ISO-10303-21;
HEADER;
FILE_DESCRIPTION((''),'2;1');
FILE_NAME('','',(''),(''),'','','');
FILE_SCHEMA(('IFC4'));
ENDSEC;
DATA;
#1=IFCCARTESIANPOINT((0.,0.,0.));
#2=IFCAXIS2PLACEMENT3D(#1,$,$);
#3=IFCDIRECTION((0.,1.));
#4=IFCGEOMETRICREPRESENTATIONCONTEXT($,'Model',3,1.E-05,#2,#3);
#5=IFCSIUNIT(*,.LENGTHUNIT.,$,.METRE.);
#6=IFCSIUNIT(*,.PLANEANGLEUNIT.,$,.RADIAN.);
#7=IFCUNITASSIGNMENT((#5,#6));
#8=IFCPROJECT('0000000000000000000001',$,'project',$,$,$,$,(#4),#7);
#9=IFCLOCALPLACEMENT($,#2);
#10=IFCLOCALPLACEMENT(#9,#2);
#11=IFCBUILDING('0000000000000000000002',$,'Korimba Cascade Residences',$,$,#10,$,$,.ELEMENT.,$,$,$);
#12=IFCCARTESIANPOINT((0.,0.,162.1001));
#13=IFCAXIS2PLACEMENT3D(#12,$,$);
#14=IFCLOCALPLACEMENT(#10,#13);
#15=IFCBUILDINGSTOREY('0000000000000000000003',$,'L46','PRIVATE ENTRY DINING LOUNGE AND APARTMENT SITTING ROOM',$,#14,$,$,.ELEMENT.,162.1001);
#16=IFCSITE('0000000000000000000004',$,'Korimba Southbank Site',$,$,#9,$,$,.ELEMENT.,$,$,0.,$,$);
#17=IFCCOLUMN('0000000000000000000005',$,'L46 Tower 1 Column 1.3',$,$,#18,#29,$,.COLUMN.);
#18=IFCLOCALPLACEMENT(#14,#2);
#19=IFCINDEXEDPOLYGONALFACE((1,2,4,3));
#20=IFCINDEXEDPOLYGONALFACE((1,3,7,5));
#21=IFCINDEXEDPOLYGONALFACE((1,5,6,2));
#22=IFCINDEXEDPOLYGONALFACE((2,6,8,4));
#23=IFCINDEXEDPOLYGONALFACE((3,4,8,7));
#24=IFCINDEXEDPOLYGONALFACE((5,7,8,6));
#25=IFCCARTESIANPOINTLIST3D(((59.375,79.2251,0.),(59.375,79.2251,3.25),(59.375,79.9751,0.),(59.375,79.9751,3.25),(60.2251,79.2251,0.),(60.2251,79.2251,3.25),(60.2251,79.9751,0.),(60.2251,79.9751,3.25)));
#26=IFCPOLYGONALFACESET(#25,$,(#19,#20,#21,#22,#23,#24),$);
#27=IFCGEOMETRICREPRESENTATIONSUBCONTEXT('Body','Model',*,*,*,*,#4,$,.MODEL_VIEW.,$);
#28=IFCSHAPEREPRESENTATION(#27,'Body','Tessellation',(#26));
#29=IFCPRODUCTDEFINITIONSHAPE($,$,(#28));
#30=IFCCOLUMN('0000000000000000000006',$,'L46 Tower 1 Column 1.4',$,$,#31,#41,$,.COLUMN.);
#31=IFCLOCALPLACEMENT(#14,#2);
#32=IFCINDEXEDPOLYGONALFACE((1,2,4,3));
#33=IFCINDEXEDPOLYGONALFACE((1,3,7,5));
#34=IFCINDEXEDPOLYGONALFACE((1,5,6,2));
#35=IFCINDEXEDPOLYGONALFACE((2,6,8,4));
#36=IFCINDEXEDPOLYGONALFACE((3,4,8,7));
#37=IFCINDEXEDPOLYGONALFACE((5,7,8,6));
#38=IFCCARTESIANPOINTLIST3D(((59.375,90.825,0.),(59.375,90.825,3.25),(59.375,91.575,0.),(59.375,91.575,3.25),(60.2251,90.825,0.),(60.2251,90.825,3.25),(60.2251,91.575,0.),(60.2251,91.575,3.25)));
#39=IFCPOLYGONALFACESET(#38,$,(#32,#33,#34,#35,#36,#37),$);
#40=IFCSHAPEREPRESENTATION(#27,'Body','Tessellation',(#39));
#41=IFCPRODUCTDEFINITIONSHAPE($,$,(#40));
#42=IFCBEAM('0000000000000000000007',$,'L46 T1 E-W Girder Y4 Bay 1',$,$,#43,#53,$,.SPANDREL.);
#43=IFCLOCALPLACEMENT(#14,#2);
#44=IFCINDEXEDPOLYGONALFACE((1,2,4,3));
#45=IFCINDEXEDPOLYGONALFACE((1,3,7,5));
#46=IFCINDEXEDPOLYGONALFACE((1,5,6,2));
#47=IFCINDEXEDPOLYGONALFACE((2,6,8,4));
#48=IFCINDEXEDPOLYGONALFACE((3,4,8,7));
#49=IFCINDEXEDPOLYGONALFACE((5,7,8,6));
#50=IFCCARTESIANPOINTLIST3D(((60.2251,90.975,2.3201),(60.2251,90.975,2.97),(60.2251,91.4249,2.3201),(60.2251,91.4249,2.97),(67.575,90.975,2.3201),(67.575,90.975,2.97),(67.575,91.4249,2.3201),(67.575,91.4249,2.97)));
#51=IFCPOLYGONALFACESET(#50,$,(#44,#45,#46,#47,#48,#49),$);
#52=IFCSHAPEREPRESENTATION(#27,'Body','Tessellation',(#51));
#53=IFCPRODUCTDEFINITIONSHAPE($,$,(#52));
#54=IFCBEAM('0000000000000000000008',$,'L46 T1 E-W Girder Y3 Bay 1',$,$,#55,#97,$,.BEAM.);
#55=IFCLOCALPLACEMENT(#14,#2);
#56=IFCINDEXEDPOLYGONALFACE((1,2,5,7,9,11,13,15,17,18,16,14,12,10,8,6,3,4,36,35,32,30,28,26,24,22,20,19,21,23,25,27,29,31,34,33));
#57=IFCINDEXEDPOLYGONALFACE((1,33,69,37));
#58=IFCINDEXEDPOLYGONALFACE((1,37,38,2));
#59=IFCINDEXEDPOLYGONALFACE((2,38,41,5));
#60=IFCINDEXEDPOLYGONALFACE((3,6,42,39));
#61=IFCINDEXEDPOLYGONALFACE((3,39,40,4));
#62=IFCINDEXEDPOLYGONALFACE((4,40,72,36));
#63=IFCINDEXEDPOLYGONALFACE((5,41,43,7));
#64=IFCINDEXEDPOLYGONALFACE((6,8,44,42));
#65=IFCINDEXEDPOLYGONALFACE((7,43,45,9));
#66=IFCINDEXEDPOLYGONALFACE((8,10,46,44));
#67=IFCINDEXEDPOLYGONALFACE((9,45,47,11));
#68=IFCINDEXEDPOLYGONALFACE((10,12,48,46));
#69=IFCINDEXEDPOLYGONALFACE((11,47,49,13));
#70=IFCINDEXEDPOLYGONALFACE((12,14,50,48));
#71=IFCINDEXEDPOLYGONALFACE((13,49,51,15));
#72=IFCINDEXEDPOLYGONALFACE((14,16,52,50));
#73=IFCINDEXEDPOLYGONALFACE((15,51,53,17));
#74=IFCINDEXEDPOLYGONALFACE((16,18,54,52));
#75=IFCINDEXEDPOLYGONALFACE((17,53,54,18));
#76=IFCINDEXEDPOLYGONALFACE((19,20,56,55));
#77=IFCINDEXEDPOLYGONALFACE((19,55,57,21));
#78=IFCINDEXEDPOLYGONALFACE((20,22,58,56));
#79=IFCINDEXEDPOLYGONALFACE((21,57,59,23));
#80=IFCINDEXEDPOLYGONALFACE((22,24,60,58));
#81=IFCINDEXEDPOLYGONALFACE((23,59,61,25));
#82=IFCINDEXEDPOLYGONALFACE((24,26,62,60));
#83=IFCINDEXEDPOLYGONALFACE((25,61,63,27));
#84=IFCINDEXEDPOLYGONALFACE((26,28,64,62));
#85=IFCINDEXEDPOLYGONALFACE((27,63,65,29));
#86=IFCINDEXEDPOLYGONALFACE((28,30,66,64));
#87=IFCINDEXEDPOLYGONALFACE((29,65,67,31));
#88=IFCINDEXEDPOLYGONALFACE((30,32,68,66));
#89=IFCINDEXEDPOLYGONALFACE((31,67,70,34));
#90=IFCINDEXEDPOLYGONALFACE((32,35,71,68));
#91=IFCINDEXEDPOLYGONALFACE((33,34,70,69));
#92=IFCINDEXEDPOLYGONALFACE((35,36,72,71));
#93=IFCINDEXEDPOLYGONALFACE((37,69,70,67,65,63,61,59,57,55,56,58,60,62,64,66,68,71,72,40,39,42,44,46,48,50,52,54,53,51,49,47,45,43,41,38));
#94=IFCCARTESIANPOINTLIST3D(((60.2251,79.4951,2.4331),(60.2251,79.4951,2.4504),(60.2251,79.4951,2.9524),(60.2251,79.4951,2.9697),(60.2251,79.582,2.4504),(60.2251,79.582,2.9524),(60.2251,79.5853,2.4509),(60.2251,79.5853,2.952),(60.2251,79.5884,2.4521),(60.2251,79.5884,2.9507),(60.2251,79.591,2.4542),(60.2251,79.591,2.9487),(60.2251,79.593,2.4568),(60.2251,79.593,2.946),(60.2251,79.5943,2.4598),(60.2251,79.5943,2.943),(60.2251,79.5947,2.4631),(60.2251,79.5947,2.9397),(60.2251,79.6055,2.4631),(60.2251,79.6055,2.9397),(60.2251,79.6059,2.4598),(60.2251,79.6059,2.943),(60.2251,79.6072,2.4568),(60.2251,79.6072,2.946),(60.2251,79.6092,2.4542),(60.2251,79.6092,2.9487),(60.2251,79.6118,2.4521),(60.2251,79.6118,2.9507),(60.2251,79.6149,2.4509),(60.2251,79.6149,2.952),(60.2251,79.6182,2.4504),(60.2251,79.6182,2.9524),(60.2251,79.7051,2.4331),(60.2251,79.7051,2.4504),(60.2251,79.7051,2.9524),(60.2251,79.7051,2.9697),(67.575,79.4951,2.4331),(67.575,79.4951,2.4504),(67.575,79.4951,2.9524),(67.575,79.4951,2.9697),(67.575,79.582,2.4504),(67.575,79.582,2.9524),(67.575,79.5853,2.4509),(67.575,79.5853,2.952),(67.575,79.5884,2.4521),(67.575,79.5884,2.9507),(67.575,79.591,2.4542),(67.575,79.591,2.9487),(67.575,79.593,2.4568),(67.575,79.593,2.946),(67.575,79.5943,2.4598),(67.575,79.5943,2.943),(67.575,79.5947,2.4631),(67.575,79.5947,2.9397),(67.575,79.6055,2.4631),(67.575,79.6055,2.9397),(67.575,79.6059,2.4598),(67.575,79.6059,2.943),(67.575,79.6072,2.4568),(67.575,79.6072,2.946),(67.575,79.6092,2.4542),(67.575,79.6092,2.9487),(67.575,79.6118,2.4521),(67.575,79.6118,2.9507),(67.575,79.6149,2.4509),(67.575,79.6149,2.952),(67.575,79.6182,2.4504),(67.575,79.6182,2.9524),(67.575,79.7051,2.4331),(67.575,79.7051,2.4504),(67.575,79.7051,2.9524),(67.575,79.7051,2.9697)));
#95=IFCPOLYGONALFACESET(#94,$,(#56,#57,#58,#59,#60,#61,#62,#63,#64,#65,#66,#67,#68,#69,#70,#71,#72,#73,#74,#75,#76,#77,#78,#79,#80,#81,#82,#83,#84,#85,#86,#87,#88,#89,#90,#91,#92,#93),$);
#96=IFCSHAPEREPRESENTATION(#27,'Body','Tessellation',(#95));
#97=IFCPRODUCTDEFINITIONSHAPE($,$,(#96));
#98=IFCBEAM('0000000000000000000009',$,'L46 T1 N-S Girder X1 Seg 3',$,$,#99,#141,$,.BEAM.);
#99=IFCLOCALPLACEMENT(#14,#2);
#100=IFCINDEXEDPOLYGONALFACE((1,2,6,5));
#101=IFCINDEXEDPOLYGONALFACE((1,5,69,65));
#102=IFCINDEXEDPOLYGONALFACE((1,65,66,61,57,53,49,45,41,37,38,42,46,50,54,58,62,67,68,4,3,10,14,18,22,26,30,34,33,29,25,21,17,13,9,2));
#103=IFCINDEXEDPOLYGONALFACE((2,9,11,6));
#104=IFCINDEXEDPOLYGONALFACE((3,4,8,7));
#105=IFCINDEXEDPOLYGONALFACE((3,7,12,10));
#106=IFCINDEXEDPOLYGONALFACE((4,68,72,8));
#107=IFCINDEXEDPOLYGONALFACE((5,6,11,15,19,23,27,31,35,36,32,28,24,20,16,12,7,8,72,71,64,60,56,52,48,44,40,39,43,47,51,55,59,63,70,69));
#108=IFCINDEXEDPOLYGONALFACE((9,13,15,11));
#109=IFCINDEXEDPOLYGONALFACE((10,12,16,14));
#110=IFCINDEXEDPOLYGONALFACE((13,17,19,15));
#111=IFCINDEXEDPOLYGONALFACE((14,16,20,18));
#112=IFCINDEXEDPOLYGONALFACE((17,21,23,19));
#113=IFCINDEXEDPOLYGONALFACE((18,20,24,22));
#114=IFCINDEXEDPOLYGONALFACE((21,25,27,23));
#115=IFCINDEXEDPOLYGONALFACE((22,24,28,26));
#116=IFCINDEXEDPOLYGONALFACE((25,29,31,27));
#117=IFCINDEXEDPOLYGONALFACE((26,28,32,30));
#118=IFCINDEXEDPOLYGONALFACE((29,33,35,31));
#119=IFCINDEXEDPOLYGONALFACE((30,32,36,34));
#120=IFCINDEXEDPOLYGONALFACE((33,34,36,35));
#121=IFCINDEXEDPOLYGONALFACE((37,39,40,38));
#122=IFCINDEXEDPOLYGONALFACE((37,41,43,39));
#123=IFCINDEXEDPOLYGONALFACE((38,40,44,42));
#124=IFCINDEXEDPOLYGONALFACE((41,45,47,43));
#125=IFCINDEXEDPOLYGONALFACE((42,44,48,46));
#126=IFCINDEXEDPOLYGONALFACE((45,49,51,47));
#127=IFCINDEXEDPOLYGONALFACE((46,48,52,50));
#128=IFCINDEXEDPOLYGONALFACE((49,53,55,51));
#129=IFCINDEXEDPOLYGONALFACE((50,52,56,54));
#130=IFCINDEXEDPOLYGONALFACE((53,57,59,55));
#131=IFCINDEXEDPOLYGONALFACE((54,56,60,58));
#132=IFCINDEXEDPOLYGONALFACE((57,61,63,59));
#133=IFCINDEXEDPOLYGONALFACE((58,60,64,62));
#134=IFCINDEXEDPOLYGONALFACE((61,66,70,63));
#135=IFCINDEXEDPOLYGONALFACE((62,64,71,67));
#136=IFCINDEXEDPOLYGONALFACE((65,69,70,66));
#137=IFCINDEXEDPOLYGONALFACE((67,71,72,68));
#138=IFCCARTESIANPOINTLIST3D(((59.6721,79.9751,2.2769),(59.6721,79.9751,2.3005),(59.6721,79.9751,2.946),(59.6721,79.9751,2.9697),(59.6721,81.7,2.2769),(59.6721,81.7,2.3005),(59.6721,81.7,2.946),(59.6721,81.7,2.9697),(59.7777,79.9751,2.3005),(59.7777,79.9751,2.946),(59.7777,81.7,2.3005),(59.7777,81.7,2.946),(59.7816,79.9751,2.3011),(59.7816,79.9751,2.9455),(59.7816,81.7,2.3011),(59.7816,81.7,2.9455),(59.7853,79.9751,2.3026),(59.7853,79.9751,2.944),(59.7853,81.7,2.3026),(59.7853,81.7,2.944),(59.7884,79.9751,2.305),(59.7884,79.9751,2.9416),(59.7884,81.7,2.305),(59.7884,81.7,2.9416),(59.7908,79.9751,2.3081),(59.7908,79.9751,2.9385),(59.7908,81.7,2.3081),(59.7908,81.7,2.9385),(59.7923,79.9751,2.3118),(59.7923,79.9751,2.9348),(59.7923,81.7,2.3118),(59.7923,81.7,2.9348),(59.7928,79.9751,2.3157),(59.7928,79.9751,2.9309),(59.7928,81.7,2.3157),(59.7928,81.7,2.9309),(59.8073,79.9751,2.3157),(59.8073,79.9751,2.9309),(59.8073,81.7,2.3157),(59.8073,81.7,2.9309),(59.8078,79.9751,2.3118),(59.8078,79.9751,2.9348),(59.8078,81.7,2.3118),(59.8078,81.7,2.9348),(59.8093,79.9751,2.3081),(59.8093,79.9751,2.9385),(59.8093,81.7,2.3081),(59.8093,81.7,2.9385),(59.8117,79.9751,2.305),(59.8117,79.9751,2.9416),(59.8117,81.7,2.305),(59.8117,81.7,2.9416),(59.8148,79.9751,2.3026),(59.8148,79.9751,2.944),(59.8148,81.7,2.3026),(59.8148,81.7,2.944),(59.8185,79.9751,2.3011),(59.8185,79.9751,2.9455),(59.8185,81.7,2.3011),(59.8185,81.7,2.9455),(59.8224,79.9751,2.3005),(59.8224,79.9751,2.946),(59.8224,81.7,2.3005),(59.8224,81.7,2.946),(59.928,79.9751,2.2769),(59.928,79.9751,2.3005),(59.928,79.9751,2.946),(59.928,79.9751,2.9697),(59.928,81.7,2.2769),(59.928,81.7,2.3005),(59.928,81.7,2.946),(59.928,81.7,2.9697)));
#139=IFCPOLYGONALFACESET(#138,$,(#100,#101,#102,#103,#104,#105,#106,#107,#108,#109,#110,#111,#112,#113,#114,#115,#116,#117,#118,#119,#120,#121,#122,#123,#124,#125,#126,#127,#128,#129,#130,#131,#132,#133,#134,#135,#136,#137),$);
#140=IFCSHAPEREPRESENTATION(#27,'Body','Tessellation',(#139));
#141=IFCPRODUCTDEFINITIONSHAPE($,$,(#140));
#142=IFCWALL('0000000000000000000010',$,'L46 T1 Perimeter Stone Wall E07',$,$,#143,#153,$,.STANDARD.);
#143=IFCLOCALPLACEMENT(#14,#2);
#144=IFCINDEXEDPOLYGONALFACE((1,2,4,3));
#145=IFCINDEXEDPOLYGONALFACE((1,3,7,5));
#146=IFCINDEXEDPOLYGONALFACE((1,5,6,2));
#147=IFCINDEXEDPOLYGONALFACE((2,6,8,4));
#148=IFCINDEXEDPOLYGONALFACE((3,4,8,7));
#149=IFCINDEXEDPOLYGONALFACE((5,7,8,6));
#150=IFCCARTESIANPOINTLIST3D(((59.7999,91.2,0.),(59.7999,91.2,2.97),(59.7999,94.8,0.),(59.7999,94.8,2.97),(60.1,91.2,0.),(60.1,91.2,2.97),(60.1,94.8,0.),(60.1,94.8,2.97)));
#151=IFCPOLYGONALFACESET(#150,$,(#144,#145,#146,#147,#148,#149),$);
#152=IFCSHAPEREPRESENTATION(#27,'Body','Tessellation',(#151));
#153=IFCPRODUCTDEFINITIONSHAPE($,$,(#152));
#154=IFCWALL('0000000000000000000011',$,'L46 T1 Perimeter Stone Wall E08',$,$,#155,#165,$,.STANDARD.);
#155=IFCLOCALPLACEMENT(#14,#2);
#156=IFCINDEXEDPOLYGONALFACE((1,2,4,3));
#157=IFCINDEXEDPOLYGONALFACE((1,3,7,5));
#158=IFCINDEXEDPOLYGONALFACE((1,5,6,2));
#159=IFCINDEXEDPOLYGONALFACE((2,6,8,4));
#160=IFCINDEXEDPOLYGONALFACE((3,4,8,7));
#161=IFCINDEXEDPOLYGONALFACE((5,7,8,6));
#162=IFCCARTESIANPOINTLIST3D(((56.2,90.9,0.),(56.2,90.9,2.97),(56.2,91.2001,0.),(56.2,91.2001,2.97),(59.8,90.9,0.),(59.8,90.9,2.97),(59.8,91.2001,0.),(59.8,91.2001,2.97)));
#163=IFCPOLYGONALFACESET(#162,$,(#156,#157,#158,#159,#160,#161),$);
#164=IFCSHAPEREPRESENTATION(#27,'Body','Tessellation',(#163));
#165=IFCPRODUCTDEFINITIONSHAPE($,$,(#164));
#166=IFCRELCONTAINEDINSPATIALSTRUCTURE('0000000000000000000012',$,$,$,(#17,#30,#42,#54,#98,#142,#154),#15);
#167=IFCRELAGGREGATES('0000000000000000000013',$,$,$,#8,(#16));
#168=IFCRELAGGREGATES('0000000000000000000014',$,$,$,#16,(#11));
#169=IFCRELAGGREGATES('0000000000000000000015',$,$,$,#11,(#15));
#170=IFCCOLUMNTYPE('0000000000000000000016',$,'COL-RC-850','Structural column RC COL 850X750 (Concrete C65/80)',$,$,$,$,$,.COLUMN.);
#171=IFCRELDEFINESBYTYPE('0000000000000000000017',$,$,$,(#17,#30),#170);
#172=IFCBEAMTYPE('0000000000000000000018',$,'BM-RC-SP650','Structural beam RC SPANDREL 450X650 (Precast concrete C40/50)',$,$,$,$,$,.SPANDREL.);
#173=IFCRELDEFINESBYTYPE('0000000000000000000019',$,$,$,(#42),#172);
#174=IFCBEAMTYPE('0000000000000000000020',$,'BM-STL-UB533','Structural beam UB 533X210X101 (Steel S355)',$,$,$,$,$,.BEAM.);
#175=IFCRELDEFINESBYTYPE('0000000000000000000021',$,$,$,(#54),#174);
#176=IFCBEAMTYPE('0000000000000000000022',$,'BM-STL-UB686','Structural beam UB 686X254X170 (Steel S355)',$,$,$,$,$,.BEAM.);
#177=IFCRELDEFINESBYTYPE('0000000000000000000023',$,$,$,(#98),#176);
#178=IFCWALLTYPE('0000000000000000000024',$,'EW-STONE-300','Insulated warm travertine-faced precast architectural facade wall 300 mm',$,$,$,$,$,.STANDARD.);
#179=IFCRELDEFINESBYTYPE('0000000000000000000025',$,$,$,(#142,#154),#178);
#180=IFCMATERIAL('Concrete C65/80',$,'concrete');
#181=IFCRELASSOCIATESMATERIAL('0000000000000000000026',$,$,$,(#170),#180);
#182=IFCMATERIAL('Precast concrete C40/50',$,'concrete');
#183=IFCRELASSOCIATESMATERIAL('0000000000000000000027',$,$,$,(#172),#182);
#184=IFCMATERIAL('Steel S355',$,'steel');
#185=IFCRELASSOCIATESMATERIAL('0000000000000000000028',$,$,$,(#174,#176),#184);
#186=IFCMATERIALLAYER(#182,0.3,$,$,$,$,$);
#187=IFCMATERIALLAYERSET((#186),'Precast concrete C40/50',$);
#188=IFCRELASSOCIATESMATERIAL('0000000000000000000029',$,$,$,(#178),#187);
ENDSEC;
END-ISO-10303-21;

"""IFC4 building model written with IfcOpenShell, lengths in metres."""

from ifc_helpers import new_model, si_unit, direction, frame, frame_2d, origin, origin_2d, place, context, subcontext, project, spatial, rectangle, i_section, extrude, material, layer, layer_set, material_profile, profile_set, type_object, element, save


model = new_model("IFC4")

# Units and contexts
model_context = context("Model", 3, precision=1e-05, world=origin(), true_north=direction((0.0, 1.0)))
body_context = subcontext(model_context, "Body", "Model", "MODEL_VIEW")
ifc_project = project(units=[si_unit("LENGTHUNIT", "METRE"), si_unit("PLANEANGLEUNIT", "RADIAN")], contexts=[model_context])

# Site, building, storey
site_placement = place(None, origin())
site = spatial("IfcSite", under=ifc_project, at=site_placement, Name="Korimba Southbank Site", CompositionType="ELEMENT", RefElevation=0.0)
building_placement = place(site_placement, origin())
building = spatial("IfcBuilding", under=site, at=building_placement, Name="Korimba Cascade Residences", CompositionType="ELEMENT")
storey_placement = place(building_placement, frame((0.0, 0.0, 162.1001)))
storey = spatial("IfcBuildingStorey", under=building, at=storey_placement, Name="L46", Description="PRIVATE ENTRY DINING LOUNGE AND APARTMENT SITTING ROOM", CompositionType="ELEMENT", Elevation=162.1001)

# Columns
ifc_material_1 = material(Name="Concrete C65/80", Category="concrete")
ifc_material_profile_1 = material_profile(ifc_material_1, rectangle(XDim=0.8501, YDim=0.75, at=origin_2d()), Name="Concrete C65/80")
ifc_profile_set_1 = profile_set([ifc_material_profile_1], Name="Concrete C65/80")
column_type = type_object("IfcColumnType", Name="COL-RC-850", Description="Structural column RC COL 850X750 (Concrete C65/80)", PredefinedType="COLUMN", material=ifc_profile_set_1)
for number, where, z_axis, x_axis, name in (
    (1, (59.8, 79.6001, 0.0), (0.0, 0.0, 1.0), (1.0, 0.0, 0.0), "L46 Tower 1 Column 1.3"),
    (2, (59.8, 91.2, 0.0), (0.0, 0.0, 1.0), (1.0, 0.0, 0.0), "L46 Tower 1 Column 1.4"),
):
    element("IfcColumn", number, at=place(storey_placement, frame(where, z_axis=z_axis, x_axis=x_axis)), inside=storey, type_object=column_type, Name=name, PredefinedType="COLUMN", context=body_context, shape_type="SweptSolid", body=[
        extrude(rectangle(XDim=0.8501, YDim=0.75, at=origin_2d()), origin(), (0.0, 0.0, 1.0), 3.25),
    ])

# Beams
ifc_material_2 = material(Name="Precast concrete C40/50", Category="concrete")
ifc_material_profile_2 = material_profile(ifc_material_2, rectangle(XDim=0.45, YDim=0.6499, at=origin_2d()), Name="Precast concrete C40/50")
ifc_profile_set_2 = profile_set([ifc_material_profile_2], Name="Precast concrete C40/50")
beam_type_1 = type_object("IfcBeamType", Name="BM-RC-SP650", Description="Structural beam RC SPANDREL 450X650 (Precast concrete C40/50)", PredefinedType="SPANDREL", material=ifc_profile_set_2)
beam_1_placement = place(storey_placement, frame((60.2251, 91.2, 2.645), z_axis=(1.0, 0.0, 0.0), x_axis=(0.0, 1.0, 0.0)))
element("IfcBeam", 3, at=beam_1_placement, inside=storey, type_object=beam_type_1, Name="L46 T1 E-W Girder Y4 Bay 1", PredefinedType="SPANDREL", context=body_context, shape_type="SweptSolid", body=[
    extrude(rectangle(XDim=0.45, YDim=0.6499, at=origin_2d()), origin(), (0.0, 0.0, 1.0), 7.3499),
])
ifc_material_3 = material(Name="Steel S355", Category="steel")
ifc_material_profile_3 = material_profile(ifc_material_3, i_section(OverallWidth=0.21, OverallDepth=0.5366, WebThickness=0.0107, FlangeThickness=0.0173, FilletRadius=0.0127, at=origin_2d()), Name="Steel S355")
ifc_profile_set_3 = profile_set([ifc_material_profile_3], Name="Steel S355")
beam_type_2 = type_object("IfcBeamType", Name="BM-STL-UB533", Description="Structural beam UB 533X210X101 (Steel S355)", PredefinedType="BEAM", material=ifc_profile_set_3)
beam_2_placement = place(storey_placement, frame((60.2251, 79.6001, 2.7014), z_axis=(1.0, 0.0, 0.0), x_axis=(0.0, 1.0, 0.0)))
element("IfcBeam", 4, at=beam_2_placement, inside=storey, type_object=beam_type_2, Name="L46 T1 E-W Girder Y3 Bay 1", PredefinedType="BEAM", context=body_context, shape_type="SweptSolid", body=[
    extrude(i_section(OverallWidth=0.21, OverallDepth=0.5366, WebThickness=0.0107, FlangeThickness=0.0173, FilletRadius=0.0127, at=origin_2d()), origin(), (0.0, 0.0, 1.0), 7.3499),
])
ifc_material_profile_4 = material_profile(ifc_material_3, i_section(OverallWidth=0.2559, OverallDepth=0.6929, WebThickness=0.0144, FlangeThickness=0.0237, FilletRadius=0.0151, at=origin_2d()), Name="Steel S355")
ifc_profile_set_4 = profile_set([ifc_material_profile_4], Name="Steel S355")
beam_type_3 = type_object("IfcBeamType", Name="BM-STL-UB686", Description="Structural beam UB 686X254X170 (Steel S355)", PredefinedType="BEAM", material=ifc_profile_set_4)
beam_3_placement = place(storey_placement, frame((59.8, 79.9751, 2.6233), z_axis=(0.0, 1.0, 0.0), x_axis=(-1.0, 0.0, 0.0)))
element("IfcBeam", 5, at=beam_3_placement, inside=storey, type_object=beam_type_3, Name="L46 T1 N-S Girder X1 Seg 3", PredefinedType="BEAM", context=body_context, shape_type="SweptSolid", body=[
    extrude(i_section(OverallWidth=0.2559, OverallDepth=0.6929, WebThickness=0.0144, FlangeThickness=0.0237, FilletRadius=0.0151, at=origin_2d()), origin(), (0.0, 0.0, 1.0), 1.7249),
])

# Walls
ifc_layer_1 = layer(ifc_material_2, 0.3)
ifc_layer_set_1 = layer_set([ifc_layer_1], Name="Precast concrete C40/50")
wall_type_1 = type_object("IfcWallType", Name="EW-STONE-300", Description="Insulated warm travertine-faced precast architectural facade wall 300 mm", PredefinedType="STANDARD", material=ifc_layer_set_1)
for number, where, z_axis, x_axis, name in (
    (6, (59.95, 94.8, 0.0), (0.0, 0.0, 1.0), (0.0, -1.0, 0.0), "L46 T1 Perimeter Stone Wall E07"),
    (7, (59.8, 91.05, 0.0), (0.0, 0.0, 1.0), (-1.0, 0.0, 0.0), "L46 T1 Perimeter Stone Wall E08"),
):
    element("IfcWall", number, at=place(storey_placement, frame(where, z_axis=z_axis, x_axis=x_axis)), inside=storey, type_object=wall_type_1, Name=name, PredefinedType="STANDARD", context=body_context, shape_type="SweptSolid", body=[
        extrude(rectangle(XDim=3.6001, YDim=0.3, at=frame_2d((1.8, 0.0))), origin(), (0.0, 0.0, 1.0), 2.97),
    ])

save(model, "model.ifc")
